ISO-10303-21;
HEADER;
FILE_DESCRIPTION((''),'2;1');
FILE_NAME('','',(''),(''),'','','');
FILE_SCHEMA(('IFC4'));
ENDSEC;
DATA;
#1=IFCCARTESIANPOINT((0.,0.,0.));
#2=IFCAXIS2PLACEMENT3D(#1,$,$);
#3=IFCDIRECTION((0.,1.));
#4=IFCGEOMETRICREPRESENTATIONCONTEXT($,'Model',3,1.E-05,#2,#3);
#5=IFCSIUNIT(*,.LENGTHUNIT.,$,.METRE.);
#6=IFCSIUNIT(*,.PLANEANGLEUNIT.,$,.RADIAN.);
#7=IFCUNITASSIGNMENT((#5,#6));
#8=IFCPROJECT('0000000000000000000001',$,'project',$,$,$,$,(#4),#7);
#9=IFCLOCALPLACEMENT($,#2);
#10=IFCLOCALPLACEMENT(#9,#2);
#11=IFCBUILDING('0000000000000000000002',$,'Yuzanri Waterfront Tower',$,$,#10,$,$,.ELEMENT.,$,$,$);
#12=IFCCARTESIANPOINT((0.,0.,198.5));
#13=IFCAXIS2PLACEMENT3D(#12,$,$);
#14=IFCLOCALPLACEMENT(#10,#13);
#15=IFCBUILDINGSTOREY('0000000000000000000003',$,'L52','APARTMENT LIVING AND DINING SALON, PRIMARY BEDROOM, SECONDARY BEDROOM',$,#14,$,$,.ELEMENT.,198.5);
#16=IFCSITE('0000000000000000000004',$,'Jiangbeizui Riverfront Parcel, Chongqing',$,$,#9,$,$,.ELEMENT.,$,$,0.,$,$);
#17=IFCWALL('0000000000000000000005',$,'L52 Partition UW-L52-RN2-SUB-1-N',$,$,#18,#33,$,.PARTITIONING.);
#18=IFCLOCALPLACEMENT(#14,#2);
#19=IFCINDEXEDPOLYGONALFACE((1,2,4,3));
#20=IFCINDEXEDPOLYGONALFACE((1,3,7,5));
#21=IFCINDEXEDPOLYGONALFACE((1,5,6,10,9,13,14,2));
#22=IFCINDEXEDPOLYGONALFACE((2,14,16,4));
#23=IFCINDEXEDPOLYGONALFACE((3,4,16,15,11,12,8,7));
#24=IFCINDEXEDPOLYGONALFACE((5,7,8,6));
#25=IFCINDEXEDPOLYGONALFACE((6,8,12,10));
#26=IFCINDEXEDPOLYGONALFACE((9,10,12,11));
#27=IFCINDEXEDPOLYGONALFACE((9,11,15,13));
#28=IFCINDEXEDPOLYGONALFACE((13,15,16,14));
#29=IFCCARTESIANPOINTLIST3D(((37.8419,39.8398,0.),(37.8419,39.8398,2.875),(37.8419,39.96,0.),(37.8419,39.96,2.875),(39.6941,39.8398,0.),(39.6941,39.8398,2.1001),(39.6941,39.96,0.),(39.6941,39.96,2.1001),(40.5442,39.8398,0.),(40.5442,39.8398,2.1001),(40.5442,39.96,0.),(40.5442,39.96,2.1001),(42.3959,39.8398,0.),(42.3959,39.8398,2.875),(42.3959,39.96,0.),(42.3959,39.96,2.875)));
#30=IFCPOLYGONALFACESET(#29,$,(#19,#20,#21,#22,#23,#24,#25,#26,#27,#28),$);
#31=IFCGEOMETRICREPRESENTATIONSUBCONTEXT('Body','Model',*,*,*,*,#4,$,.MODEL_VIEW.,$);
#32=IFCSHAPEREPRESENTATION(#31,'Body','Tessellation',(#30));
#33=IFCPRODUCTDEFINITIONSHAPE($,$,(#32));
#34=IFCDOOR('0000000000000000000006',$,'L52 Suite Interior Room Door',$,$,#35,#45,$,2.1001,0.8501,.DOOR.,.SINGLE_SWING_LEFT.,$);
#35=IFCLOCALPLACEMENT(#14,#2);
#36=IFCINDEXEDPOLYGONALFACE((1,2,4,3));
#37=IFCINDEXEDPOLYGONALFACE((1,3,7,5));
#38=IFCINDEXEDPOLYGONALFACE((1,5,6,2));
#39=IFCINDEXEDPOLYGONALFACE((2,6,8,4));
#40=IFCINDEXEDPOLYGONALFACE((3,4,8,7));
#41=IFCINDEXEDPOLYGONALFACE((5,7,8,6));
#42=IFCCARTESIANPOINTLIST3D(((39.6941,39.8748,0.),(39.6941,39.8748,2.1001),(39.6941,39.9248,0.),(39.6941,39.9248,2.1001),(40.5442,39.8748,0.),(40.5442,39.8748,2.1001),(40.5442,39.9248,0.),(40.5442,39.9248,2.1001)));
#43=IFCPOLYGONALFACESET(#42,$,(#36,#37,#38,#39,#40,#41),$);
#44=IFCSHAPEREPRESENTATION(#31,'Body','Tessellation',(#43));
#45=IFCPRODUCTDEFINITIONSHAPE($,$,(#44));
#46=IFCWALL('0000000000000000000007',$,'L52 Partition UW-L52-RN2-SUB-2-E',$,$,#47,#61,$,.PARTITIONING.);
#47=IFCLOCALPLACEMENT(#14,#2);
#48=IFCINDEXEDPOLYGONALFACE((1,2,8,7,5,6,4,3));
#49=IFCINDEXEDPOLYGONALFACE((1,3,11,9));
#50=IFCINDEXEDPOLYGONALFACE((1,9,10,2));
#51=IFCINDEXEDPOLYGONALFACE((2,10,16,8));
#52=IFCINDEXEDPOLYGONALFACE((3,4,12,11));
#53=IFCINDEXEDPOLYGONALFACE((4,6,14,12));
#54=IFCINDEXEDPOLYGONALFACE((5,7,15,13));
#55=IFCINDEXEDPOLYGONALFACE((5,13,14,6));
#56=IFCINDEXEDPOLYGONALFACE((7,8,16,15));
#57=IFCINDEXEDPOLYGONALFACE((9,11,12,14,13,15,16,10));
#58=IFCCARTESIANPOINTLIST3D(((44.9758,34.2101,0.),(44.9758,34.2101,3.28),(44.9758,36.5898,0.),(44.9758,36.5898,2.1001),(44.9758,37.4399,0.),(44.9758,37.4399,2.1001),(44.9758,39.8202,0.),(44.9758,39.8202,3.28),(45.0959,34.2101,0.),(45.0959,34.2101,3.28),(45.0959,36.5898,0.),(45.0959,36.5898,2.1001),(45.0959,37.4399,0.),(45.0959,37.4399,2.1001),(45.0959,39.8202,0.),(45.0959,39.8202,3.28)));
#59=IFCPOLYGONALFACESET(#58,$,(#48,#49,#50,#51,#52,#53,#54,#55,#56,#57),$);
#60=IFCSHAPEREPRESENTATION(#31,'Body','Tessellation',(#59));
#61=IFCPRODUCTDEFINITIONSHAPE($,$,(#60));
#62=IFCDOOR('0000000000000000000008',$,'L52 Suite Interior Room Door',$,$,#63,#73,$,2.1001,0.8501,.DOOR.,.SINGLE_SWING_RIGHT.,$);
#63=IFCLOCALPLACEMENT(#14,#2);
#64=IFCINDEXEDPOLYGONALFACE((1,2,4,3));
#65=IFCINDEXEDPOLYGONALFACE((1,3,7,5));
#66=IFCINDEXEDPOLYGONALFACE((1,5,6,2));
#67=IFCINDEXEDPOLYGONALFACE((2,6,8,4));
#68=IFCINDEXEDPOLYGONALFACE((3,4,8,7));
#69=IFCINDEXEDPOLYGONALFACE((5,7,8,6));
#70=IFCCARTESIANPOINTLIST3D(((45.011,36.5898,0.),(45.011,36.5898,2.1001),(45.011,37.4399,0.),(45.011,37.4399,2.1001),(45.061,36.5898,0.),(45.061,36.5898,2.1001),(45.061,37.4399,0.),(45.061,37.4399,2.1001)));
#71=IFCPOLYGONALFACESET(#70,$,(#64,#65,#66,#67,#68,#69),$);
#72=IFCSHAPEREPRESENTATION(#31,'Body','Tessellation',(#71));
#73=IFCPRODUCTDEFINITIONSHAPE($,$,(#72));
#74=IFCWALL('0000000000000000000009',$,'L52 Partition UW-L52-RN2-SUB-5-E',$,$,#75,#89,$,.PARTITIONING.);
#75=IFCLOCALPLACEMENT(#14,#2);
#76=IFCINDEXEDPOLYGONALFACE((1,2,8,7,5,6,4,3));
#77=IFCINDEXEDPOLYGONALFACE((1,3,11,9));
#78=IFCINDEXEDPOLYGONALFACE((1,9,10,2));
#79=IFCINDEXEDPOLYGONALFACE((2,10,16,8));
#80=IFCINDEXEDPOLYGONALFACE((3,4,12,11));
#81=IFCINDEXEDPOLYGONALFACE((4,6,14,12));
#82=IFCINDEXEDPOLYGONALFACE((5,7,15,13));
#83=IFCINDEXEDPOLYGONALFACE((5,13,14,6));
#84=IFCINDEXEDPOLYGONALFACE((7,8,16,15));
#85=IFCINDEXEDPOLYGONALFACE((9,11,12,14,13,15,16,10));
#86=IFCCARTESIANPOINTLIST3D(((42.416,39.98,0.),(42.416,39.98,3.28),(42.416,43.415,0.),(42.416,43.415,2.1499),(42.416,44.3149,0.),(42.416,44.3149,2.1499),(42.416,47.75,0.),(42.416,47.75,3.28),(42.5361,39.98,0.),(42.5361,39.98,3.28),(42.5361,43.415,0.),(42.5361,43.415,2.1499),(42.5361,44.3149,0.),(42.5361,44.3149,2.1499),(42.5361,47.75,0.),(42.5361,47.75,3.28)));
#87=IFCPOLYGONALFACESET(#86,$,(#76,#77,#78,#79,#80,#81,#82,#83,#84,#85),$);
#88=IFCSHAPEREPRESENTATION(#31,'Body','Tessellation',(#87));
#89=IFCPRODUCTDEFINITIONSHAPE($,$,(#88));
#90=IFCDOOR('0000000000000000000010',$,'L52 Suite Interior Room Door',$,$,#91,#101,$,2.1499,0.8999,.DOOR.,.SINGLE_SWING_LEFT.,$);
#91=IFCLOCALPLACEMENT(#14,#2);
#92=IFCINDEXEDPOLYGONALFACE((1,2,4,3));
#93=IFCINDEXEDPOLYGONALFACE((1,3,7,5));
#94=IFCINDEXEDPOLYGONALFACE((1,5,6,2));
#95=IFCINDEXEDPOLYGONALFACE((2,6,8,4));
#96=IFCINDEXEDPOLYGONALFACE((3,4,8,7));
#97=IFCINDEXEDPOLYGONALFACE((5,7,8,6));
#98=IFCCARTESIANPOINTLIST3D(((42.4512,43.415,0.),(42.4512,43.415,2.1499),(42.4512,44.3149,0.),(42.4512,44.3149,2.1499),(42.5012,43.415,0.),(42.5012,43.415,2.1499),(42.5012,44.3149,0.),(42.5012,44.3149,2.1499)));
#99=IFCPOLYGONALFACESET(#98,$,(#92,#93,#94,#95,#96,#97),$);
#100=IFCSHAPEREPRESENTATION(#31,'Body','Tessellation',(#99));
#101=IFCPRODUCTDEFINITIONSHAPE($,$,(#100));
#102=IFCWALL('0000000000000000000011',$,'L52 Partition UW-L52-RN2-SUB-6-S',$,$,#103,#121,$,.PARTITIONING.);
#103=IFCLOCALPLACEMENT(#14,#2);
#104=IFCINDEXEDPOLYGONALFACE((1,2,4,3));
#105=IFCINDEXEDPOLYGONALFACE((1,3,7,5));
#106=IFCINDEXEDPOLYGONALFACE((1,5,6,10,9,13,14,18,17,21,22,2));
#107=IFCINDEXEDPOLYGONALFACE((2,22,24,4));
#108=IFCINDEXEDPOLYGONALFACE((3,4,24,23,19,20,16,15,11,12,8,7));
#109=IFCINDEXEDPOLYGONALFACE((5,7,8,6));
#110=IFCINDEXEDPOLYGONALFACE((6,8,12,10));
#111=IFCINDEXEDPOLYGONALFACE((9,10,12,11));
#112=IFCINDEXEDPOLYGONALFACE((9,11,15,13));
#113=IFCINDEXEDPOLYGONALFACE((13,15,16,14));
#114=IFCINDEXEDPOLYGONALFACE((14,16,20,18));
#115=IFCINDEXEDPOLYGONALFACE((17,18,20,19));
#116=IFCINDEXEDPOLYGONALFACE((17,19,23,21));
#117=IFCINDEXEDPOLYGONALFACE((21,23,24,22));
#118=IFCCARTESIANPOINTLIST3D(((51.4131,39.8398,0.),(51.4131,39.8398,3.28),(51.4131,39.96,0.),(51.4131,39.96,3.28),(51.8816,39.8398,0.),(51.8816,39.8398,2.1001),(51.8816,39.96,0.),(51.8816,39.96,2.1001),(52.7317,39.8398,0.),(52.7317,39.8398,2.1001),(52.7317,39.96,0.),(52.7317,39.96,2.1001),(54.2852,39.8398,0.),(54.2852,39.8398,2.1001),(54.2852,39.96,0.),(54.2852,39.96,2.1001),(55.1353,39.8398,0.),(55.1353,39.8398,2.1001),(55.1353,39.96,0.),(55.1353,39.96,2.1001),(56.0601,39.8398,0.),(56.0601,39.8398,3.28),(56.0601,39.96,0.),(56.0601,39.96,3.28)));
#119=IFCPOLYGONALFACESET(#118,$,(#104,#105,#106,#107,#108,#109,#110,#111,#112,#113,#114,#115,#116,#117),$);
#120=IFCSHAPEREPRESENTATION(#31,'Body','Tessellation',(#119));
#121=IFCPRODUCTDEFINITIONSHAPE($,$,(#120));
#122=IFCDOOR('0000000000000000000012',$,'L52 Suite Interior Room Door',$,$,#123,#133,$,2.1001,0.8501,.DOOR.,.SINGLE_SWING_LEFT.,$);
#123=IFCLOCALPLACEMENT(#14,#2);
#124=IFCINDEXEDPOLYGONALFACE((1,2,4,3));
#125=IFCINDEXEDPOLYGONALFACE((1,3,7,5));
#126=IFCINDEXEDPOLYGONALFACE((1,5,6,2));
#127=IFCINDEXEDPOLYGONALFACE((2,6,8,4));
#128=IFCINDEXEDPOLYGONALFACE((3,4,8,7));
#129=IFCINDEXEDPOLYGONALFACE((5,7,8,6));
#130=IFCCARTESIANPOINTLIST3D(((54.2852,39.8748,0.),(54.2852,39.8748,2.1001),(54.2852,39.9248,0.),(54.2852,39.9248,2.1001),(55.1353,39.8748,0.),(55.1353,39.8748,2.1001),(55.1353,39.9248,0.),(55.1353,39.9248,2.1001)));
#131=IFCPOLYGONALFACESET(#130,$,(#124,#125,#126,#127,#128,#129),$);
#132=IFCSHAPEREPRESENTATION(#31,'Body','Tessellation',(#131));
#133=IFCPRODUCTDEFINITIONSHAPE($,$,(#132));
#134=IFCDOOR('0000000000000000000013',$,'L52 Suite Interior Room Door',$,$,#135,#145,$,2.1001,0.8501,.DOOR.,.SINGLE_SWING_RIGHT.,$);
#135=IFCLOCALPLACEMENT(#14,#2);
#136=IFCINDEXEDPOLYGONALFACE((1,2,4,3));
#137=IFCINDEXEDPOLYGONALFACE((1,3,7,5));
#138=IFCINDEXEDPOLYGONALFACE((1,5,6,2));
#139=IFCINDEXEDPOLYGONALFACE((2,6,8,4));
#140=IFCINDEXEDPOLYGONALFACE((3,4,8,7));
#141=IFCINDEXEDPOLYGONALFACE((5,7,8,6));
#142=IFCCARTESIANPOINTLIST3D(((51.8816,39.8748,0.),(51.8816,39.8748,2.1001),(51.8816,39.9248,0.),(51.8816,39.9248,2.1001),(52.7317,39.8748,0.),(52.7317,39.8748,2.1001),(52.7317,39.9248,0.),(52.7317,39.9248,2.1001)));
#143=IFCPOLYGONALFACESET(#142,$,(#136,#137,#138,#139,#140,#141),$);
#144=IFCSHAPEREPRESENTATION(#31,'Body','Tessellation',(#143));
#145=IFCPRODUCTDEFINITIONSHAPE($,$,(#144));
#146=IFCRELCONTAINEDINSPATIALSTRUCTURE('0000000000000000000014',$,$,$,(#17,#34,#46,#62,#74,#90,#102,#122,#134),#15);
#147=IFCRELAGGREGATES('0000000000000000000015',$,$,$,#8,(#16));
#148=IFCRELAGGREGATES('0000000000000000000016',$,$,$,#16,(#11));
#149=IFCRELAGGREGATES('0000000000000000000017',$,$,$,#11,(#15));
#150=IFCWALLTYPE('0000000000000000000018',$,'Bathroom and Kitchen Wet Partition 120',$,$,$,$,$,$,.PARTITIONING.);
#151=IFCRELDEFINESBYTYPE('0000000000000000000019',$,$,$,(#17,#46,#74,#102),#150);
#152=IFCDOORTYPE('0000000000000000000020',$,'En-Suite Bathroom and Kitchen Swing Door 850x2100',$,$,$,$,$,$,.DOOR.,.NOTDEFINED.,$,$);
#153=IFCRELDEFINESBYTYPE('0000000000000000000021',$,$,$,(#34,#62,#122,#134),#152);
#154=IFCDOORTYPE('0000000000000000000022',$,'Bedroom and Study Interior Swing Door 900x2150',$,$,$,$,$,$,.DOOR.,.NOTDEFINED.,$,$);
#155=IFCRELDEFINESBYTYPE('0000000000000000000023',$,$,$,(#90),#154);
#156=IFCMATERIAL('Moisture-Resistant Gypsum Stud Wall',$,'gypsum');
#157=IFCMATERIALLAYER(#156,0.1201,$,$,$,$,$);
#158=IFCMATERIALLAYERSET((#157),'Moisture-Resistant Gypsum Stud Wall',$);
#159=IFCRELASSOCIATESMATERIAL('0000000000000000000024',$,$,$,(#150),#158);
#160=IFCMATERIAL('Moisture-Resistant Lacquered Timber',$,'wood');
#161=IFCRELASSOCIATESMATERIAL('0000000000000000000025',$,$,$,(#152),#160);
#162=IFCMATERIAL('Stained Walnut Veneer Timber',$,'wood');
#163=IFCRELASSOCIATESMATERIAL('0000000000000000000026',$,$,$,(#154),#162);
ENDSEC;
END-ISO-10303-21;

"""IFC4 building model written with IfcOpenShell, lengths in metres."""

from ifc_helpers import new_model, si_unit, direction, frame, frame_2d, origin, place, context, subcontext, project, spatial, rectangle, extrude, source, transform, mapped, material, layer, layer_set, type_object, element, fill, save


model = new_model("IFC4")

# Units and contexts
model_context = context("Model", 3, precision=1e-05, world=origin(), true_north=direction((0.0, 1.0)))
body_context = subcontext(model_context, "Body", "Model", "MODEL_VIEW")
ifc_project = project(units=[si_unit("LENGTHUNIT", "METRE"), si_unit("PLANEANGLEUNIT", "RADIAN")], contexts=[model_context])

# Site, building, storey
site_placement = place(None, origin())
site = spatial("IfcSite", under=ifc_project, at=site_placement, Name="Jiangbeizui Riverfront Parcel, Chongqing", CompositionType="ELEMENT", RefElevation=0.0)
building_placement = place(site_placement, origin())
building = spatial("IfcBuilding", under=site, at=building_placement, Name="Yuzanri Waterfront Tower", CompositionType="ELEMENT")
storey_placement = place(building_placement, frame((0.0, 0.0, 198.5)))
storey = spatial("IfcBuildingStorey", under=building, at=storey_placement, Name="L52", Description="APARTMENT LIVING AND DINING SALON, PRIMARY BEDROOM, SECONDARY BEDROOM", CompositionType="ELEMENT", Elevation=198.5)

# Walls, openings, doors
ifc_material_1 = material(Name="Moisture-Resistant Gypsum Stud Wall", Category="gypsum")
ifc_layer_1 = layer(ifc_material_1, 0.1201)
ifc_layer_set_1 = layer_set([ifc_layer_1], Name="Moisture-Resistant Gypsum Stud Wall")
wall_type_1 = type_object("IfcWallType", Name="Bathroom and Kitchen Wet Partition 120", PredefinedType="PARTITIONING", material=ifc_layer_set_1)
wall_1_placement = place(storey_placement, frame((37.842, 39.8999, 0.0), z_axis=(0.0, 0.0, 1.0), x_axis=(1.0, 0.0, 0.0)))
wall_1 = element("IfcWall", 1, at=wall_1_placement, inside=storey, type_object=wall_type_1, Name="L52 Partition UW-L52-RN2-SUB-1-N", PredefinedType="PARTITIONING", context=body_context, shape_type="SweptSolid", body=[
    extrude(rectangle(XDim=4.554, YDim=0.1201, at=frame_2d((2.2769, 0.0))), origin(), (0.0, 0.0, 1.0), 2.875),
])
opening_1_placement = place(wall_1_placement, frame((1.8521, 0.0, 0.0)))
opening_1 = element("IfcOpeningElement", 2, at=opening_1_placement, cuts=wall_1, PredefinedType="OPENING", context=body_context, shape_type="SweptSolid", body=[
    extrude(rectangle(XDim=0.8501, YDim=2.1001, at=frame_2d((0.425, 1.05))), frame((0.0, 0.075, 0.0), z_axis=(0.0, -1.0, 0.0), x_axis=(1.0, 0.0, 0.0)), (0.0, 0.0, 1.0), 0.1499),
])
ifc_material_2 = material(Name="Moisture-Resistant Lacquered Timber", Category="wood")
door_type_1 = type_object("IfcDoorType", Name="En-Suite Bathroom and Kitchen Swing Door 850x2100", OperationType="NOTDEFINED", PredefinedType="DOOR", material=ifc_material_2)
shared_shape_1 = source(origin(), body_context, "Body", "SweptSolid", [
    extrude(rectangle(XDim=0.8501, YDim=2.1001, at=frame_2d((0.425, 1.05))), frame((0.0, 0.0249, 0.0), z_axis=(0.0, -1.0, 0.0), x_axis=(1.0, 0.0, 0.0)), (0.0, 0.0, 1.0), 0.05),
])
door_1_placement = place(opening_1_placement, origin())
door_1 = element("IfcDoor", 3, at=door_1_placement, inside=storey, type_object=door_type_1, Name="L52 Suite Interior Room Door", OperationType="SINGLE_SWING_LEFT", OverallHeight=2.1001, OverallWidth=0.8501, PredefinedType="DOOR", context=body_context, shape_type="MappedRepresentation", body=[
    mapped(shared_shape_1, transform((0.0, 0.0, 0.0), scale=1.0)),
])
fill(opening_1, door_1)
wall_2_placement = place(storey_placement, frame((45.0359, 34.21, 0.0), z_axis=(0.0, 0.0, 1.0), x_axis=(0.0, 1.0, 0.0)))
wall_2 = element("IfcWall", 4, at=wall_2_placement, inside=storey, type_object=wall_type_1, Name="L52 Partition UW-L52-RN2-SUB-2-E", PredefinedType="PARTITIONING", context=body_context, shape_type="SweptSolid", body=[
    extrude(rectangle(XDim=5.6101, YDim=0.1201, at=frame_2d((2.8052, 0.0))), origin(), (0.0, 0.0, 1.0), 3.28),
])
opening_2_placement = place(wall_2_placement, frame((2.3799, 0.0, 0.0)))
opening_2 = element("IfcOpeningElement", 5, at=opening_2_placement, cuts=wall_2, PredefinedType="OPENING", context=body_context, shape_type="SweptSolid", body=[
    extrude(rectangle(XDim=0.8501, YDim=2.1001, at=frame_2d((0.425, 1.05))), frame((0.0, 0.075, 0.0), z_axis=(0.0, -1.0, 0.0), x_axis=(1.0, 0.0, 0.0)), (0.0, 0.0, 1.0), 0.1499),
])
door_2_placement = place(opening_2_placement, origin())
door_2 = element("IfcDoor", 6, at=door_2_placement, inside=storey, type_object=door_type_1, Name="L52 Suite Interior Room Door", OperationType="SINGLE_SWING_RIGHT", OverallHeight=2.1001, OverallWidth=0.8501, PredefinedType="DOOR", context=body_context, shape_type="MappedRepresentation", body=[
    mapped(shared_shape_1, transform((0.0, 0.0, 0.0), scale=1.0)),
])
fill(opening_2, door_2)
wall_3_placement = place(storey_placement, frame((42.4761, 39.98, 0.0), z_axis=(0.0, 0.0, 1.0), x_axis=(0.0, 1.0, 0.0)))
wall_3 = element("IfcWall", 7, at=wall_3_placement, inside=storey, type_object=wall_type_1, Name="L52 Partition UW-L52-RN2-SUB-5-E", PredefinedType="PARTITIONING", context=body_context, shape_type="SweptSolid", body=[
    extrude(rectangle(XDim=7.77, YDim=0.1201, at=frame_2d((3.885, 0.0))), origin(), (0.0, 0.0, 1.0), 3.28),
])
opening_3_placement = place(wall_3_placement, frame((3.4351, 0.0, 0.0)))
opening_3 = element("IfcOpeningElement", 8, at=opening_3_placement, cuts=wall_3, PredefinedType="OPENING", context=body_context, shape_type="SweptSolid", body=[
    extrude(rectangle(XDim=0.8999, YDim=2.1499, at=frame_2d((0.45, 1.075))), frame((0.0, 0.075, 0.0), z_axis=(0.0, -1.0, 0.0), x_axis=(1.0, 0.0, 0.0)), (0.0, 0.0, 1.0), 0.1499),
])
ifc_material_3 = material(Name="Stained Walnut Veneer Timber", Category="wood")
door_type_2 = type_object("IfcDoorType", Name="Bedroom and Study Interior Swing Door 900x2150", OperationType="NOTDEFINED", PredefinedType="DOOR", material=ifc_material_3)
shared_shape_2 = source(origin(), body_context, "Body", "SweptSolid", [
    extrude(rectangle(XDim=0.8999, YDim=2.1499, at=frame_2d((0.45, 1.075))), frame((0.0, 0.0249, 0.0), z_axis=(0.0, -1.0, 0.0), x_axis=(1.0, 0.0, 0.0)), (0.0, 0.0, 1.0), 0.05),
])
door_3_placement = place(opening_3_placement, origin())
door_3 = element("IfcDoor", 9, at=door_3_placement, inside=storey, type_object=door_type_2, Name="L52 Suite Interior Room Door", OperationType="SINGLE_SWING_LEFT", OverallHeight=2.1499, OverallWidth=0.8999, PredefinedType="DOOR", context=body_context, shape_type="MappedRepresentation", body=[
    mapped(shared_shape_2, transform((0.0, 0.0, 0.0), scale=1.0)),
])
fill(opening_3, door_3)

# Wall, openings, doors
wall_4_placement = place(storey_placement, frame((51.4131, 39.8999, 0.0), z_axis=(0.0, 0.0, 1.0), x_axis=(1.0, 0.0, 0.0)))
wall_4 = element("IfcWall", 10, at=wall_4_placement, inside=storey, type_object=wall_type_1, Name="L52 Partition UW-L52-RN2-SUB-6-S", PredefinedType="PARTITIONING", context=body_context, shape_type="SweptSolid", body=[
    extrude(rectangle(XDim=4.647, YDim=0.1201, at=frame_2d((2.3235, 0.0))), origin(), (0.0, 0.0, 1.0), 3.28),
])
opening_4_placement = place(wall_4_placement, frame((2.8721, 0.0, 0.0)))
opening_4 = element("IfcOpeningElement", 11, at=opening_4_placement, cuts=wall_4, PredefinedType="OPENING", context=body_context, shape_type="SweptSolid", body=[
    extrude(rectangle(XDim=0.8501, YDim=2.1001, at=frame_2d((0.425, 1.05))), frame((0.0, 0.075, 0.0), z_axis=(0.0, -1.0, 0.0), x_axis=(1.0, 0.0, 0.0)), (0.0, 0.0, 1.0), 0.1499),
])
opening_5_placement = place(wall_4_placement, frame((0.4685, 0.0, 0.0)))
opening_5 = element("IfcOpeningElement", 12, at=opening_5_placement, cuts=wall_4, PredefinedType="OPENING", context=body_context, shape_type="SweptSolid", body=[
    extrude(rectangle(XDim=0.8501, YDim=2.1001, at=frame_2d((0.425, 1.05))), frame((0.0, 0.075, 0.0), z_axis=(0.0, -1.0, 0.0), x_axis=(1.0, 0.0, 0.0)), (0.0, 0.0, 1.0), 0.1499),
])
door_4_placement = place(opening_4_placement, origin())
door_4 = element("IfcDoor", 13, at=door_4_placement, inside=storey, type_object=door_type_1, Name="L52 Suite Interior Room Door", OperationType="SINGLE_SWING_LEFT", OverallHeight=2.1001, OverallWidth=0.8501, PredefinedType="DOOR", context=body_context, shape_type="MappedRepresentation", body=[
    mapped(shared_shape_1, transform((0.0, 0.0, 0.0), scale=1.0)),
])
fill(opening_4, door_4)
door_5_placement = place(opening_5_placement, origin())
door_5 = element("IfcDoor", 14, at=door_5_placement, inside=storey, type_object=door_type_1, Name="L52 Suite Interior Room Door", OperationType="SINGLE_SWING_RIGHT", OverallHeight=2.1001, OverallWidth=0.8501, PredefinedType="DOOR", context=body_context, shape_type="MappedRepresentation", body=[
    mapped(shared_shape_1, transform((0.0, 0.0, 0.0), scale=1.0)),
])
fill(opening_5, door_5)

save(model, "model.ifc")
